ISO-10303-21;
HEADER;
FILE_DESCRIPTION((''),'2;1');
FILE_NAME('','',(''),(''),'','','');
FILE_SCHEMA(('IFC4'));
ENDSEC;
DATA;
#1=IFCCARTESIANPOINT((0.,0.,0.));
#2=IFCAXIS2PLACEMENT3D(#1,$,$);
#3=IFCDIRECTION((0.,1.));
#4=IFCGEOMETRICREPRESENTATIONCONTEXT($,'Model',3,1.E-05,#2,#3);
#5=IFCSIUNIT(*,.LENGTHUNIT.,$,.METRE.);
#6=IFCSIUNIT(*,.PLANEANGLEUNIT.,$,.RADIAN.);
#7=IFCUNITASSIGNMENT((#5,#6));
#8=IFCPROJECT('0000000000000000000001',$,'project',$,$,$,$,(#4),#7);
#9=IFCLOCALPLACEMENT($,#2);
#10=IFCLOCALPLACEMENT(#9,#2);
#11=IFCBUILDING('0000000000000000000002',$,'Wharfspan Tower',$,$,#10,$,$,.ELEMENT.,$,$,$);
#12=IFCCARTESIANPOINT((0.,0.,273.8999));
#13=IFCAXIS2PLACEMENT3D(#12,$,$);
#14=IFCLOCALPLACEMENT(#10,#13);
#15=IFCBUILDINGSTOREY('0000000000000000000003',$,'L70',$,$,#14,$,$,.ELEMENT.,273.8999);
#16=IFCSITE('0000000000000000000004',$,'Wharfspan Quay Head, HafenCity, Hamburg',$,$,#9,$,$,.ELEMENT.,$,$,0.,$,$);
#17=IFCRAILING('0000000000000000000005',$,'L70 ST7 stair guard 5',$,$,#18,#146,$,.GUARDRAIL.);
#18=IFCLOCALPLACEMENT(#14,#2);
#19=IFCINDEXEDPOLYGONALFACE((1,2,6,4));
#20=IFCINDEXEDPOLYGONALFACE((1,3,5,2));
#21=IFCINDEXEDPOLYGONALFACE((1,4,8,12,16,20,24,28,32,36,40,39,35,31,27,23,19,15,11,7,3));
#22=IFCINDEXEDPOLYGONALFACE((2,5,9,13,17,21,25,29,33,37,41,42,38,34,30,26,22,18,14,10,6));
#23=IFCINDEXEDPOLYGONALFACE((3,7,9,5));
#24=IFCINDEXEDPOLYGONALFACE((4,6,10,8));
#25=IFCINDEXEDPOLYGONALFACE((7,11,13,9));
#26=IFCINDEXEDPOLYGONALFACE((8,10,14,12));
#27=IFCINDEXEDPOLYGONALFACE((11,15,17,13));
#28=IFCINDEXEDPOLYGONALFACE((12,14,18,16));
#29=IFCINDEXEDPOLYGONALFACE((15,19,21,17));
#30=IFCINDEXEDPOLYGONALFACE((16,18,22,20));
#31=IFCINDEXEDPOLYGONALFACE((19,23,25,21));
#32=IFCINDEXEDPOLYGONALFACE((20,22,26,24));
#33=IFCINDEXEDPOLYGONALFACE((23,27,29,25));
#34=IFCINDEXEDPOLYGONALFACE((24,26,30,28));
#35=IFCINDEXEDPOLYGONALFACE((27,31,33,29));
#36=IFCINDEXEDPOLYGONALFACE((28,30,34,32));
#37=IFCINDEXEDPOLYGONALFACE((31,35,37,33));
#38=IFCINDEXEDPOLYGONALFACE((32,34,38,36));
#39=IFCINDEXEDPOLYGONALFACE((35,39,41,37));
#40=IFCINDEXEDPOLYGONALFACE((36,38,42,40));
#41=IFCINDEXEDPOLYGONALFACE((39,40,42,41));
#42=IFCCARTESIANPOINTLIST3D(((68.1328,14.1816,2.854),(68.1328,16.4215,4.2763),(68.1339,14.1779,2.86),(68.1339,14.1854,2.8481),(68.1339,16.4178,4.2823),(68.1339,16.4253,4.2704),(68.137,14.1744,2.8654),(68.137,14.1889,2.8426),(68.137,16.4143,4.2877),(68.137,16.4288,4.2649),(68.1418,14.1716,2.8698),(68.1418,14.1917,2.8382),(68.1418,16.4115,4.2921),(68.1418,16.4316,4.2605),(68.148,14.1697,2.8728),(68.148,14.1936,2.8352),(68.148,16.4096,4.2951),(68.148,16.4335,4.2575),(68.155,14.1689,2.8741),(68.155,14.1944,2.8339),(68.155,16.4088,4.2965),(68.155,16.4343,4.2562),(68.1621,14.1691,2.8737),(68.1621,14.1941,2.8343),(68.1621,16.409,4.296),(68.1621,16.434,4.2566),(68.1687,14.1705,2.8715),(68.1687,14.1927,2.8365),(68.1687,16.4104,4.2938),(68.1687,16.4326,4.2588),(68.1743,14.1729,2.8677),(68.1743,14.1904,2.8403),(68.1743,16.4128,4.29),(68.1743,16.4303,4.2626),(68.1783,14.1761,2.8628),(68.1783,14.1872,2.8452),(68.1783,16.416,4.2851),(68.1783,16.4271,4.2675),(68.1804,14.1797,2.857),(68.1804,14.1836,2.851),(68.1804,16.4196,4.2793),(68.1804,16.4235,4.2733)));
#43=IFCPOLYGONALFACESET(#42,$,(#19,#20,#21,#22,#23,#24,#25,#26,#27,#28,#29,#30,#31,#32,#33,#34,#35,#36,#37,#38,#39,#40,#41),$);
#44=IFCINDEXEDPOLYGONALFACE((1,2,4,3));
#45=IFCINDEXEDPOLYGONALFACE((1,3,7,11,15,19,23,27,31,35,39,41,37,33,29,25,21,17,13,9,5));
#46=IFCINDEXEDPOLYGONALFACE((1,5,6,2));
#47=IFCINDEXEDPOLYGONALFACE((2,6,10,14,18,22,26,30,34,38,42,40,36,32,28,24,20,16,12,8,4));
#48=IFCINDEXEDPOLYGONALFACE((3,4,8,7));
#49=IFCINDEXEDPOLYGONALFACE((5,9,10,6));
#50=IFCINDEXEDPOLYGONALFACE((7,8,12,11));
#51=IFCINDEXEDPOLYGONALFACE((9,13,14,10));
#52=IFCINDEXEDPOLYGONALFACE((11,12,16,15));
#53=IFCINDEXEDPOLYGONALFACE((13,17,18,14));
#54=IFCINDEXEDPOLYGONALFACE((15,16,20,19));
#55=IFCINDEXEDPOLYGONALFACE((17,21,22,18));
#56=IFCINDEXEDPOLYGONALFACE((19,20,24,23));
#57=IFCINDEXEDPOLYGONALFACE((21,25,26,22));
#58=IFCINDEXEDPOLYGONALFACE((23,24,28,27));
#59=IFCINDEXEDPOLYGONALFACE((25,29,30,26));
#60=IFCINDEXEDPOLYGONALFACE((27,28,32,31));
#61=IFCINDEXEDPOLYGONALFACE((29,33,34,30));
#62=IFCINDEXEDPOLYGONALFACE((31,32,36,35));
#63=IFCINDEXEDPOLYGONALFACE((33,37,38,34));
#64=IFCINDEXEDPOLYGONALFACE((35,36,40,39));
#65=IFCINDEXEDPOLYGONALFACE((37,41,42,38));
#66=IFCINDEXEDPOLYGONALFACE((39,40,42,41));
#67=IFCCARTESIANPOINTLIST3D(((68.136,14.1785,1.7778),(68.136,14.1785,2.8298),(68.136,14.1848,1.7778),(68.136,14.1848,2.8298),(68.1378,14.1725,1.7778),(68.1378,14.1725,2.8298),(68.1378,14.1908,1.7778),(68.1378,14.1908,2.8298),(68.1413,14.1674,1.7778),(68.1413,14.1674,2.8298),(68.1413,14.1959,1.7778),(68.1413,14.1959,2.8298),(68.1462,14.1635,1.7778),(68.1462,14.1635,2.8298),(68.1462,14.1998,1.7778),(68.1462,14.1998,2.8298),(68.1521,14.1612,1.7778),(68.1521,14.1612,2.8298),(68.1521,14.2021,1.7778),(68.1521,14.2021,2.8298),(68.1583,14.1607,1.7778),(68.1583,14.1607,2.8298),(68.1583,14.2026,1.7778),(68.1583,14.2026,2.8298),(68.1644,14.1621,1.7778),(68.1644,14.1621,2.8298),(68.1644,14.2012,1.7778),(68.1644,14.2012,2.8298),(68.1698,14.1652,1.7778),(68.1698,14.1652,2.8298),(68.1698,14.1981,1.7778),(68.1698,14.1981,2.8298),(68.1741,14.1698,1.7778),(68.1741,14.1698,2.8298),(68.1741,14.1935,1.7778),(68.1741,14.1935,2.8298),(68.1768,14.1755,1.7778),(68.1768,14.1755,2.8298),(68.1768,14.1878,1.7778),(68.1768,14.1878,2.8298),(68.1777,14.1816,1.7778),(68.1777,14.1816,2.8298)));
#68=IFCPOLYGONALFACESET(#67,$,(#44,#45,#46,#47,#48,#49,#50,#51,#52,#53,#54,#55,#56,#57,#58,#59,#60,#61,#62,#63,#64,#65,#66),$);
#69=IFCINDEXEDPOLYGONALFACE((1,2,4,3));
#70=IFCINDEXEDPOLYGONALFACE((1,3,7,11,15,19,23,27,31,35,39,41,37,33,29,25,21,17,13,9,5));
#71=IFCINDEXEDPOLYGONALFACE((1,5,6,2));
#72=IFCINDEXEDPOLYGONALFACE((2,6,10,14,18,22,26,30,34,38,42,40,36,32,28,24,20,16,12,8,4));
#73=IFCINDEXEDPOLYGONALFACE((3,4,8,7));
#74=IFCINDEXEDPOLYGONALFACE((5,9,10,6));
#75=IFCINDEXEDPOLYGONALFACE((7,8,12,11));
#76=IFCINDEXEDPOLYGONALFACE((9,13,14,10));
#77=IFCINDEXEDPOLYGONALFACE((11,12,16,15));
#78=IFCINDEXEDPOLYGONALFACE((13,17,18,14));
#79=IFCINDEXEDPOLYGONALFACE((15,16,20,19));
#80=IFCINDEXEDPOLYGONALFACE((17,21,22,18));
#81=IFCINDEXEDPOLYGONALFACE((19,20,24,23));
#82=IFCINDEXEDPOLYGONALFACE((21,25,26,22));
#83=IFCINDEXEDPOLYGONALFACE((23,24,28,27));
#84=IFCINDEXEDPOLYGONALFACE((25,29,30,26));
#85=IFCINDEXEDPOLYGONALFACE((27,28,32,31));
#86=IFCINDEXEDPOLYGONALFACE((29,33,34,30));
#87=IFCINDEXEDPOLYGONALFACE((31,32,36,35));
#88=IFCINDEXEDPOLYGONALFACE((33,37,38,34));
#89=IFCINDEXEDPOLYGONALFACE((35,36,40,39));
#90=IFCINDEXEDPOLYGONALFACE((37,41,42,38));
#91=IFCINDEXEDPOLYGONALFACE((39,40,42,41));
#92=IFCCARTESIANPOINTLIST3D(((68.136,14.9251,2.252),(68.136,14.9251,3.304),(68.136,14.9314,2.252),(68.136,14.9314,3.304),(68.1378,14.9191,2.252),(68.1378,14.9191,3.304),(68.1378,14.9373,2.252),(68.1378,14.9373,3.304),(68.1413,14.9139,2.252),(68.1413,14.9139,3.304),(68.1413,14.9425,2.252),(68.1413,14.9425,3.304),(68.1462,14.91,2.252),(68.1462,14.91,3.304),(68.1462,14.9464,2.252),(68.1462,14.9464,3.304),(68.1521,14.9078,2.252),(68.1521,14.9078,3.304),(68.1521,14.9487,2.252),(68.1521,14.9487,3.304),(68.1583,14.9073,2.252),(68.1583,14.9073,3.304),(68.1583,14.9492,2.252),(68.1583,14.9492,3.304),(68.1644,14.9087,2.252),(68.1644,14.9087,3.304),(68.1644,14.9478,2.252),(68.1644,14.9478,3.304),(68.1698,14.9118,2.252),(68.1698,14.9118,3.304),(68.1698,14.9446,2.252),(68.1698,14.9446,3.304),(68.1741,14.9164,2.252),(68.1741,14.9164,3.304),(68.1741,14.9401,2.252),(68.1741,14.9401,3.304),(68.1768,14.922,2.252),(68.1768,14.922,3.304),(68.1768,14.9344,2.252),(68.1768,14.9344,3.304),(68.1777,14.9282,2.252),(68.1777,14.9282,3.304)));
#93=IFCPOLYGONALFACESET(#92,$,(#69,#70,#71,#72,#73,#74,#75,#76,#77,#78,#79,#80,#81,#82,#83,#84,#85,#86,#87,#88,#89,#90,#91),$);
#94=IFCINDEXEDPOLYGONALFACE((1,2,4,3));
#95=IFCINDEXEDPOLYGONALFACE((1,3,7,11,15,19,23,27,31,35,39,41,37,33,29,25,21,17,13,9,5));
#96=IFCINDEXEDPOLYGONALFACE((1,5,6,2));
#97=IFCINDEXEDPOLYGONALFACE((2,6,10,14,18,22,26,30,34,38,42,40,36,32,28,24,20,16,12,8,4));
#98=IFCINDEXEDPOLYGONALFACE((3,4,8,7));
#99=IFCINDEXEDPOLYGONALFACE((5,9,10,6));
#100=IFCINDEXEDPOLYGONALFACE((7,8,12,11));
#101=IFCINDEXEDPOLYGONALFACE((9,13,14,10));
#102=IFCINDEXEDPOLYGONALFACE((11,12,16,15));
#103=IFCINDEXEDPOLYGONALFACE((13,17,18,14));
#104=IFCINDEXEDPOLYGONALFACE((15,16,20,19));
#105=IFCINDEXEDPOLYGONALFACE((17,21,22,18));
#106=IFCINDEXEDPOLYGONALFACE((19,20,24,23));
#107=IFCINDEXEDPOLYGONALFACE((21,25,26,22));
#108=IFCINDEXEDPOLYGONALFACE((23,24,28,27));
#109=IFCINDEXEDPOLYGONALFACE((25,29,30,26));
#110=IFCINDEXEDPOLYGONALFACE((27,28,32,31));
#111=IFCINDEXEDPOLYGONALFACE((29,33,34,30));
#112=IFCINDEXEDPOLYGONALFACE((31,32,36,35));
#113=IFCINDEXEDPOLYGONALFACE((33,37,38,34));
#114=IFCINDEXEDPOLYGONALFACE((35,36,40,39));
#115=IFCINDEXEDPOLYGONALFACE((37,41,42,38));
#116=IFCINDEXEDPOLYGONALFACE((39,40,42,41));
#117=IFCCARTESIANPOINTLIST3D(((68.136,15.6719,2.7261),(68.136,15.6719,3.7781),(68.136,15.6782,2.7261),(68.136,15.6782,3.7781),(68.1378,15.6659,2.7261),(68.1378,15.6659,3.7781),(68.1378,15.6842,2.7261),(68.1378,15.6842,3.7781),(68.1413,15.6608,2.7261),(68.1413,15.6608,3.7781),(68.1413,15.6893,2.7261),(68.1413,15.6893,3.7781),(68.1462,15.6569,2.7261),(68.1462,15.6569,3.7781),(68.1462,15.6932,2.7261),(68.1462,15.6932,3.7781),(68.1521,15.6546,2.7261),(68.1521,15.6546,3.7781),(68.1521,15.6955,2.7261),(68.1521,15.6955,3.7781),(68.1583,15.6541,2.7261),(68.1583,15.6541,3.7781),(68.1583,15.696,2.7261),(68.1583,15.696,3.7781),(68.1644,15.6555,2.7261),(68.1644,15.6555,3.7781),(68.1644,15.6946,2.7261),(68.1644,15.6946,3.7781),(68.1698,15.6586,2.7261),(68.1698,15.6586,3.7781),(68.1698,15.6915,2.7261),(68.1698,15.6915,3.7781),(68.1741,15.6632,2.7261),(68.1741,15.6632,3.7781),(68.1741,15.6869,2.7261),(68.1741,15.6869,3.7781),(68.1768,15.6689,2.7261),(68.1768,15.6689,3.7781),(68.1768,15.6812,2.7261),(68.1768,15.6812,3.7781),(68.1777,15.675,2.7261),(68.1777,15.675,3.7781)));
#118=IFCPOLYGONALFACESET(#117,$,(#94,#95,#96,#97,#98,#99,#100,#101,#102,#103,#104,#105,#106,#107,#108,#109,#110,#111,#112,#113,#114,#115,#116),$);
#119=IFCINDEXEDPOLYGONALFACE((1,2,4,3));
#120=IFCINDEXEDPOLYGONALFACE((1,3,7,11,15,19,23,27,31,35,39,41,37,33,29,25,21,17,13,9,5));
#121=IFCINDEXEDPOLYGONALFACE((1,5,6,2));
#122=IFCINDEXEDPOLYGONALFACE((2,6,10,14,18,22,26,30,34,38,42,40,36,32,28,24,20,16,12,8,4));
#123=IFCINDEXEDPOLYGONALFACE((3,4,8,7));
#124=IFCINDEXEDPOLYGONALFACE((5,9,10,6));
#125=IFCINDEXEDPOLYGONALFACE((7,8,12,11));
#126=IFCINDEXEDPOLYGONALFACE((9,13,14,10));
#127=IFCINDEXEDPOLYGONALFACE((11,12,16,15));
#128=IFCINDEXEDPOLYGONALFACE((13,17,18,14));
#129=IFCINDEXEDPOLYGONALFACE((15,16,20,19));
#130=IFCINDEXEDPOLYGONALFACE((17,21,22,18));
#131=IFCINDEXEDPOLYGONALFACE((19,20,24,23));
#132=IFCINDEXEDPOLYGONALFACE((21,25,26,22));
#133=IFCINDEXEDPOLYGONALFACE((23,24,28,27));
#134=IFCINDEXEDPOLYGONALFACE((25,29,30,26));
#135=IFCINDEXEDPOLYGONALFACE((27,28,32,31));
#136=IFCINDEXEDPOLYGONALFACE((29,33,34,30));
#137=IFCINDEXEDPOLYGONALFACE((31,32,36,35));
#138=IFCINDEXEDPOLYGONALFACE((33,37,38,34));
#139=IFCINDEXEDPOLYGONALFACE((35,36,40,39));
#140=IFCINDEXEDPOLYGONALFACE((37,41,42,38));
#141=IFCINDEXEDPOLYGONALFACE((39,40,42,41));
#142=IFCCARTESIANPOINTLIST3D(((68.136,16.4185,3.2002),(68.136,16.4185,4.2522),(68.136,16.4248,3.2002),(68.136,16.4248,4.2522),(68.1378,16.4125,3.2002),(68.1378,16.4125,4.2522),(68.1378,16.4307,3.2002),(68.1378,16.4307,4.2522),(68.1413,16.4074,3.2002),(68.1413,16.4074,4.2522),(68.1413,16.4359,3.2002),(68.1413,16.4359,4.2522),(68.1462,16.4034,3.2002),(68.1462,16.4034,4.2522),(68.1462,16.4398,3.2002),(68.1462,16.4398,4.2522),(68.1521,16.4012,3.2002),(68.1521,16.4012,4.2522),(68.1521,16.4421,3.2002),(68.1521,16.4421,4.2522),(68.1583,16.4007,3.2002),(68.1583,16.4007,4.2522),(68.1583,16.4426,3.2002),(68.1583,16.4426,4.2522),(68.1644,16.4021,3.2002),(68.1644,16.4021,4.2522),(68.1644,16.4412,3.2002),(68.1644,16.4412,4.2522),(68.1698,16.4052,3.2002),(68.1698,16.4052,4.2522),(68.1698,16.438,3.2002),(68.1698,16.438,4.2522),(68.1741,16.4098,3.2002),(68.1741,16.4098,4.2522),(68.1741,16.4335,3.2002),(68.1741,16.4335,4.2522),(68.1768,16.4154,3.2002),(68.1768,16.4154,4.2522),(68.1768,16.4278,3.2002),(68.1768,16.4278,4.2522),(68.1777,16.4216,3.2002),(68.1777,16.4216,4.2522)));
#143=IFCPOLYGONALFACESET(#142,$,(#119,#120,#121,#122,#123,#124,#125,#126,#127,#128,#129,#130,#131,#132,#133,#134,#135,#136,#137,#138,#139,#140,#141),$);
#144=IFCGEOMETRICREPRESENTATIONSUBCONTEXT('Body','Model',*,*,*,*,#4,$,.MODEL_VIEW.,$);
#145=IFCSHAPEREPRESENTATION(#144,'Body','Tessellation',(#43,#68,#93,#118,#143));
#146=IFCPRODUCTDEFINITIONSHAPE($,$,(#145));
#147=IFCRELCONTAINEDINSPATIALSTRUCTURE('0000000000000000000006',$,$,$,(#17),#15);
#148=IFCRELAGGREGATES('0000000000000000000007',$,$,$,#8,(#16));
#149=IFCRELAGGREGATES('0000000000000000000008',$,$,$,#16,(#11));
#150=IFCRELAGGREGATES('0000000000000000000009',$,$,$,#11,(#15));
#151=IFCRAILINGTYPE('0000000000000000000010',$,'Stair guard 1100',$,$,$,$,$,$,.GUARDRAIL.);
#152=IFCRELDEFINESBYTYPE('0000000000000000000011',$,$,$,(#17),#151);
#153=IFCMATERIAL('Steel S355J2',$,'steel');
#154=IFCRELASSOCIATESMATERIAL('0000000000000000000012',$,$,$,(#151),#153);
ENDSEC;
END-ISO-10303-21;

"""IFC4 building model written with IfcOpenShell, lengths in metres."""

from ifc_helpers import new_model, si_unit, direction, frame, origin, origin_2d, place, context, subcontext, project, spatial, circle, extrude, material, type_object, element, save


model = new_model("IFC4")

# Units and contexts
model_context = context("Model", 3, precision=1e-05, world=origin(), true_north=direction((0.0, 1.0)))
body_context = subcontext(model_context, "Body", "Model", "MODEL_VIEW")
ifc_project = project(units=[si_unit("LENGTHUNIT", "METRE"), si_unit("PLANEANGLEUNIT", "RADIAN")], contexts=[model_context])

# Site, building, storey
site_placement = place(None, origin())
site = spatial("IfcSite", under=ifc_project, at=site_placement, Name="Wharfspan Quay Head, HafenCity, Hamburg", CompositionType="ELEMENT", RefElevation=0.0)
building_placement = place(site_placement, origin())
building = spatial("IfcBuilding", under=site, at=building_placement, Name="Wharfspan Tower", CompositionType="ELEMENT")
storey_placement = place(building_placement, frame((0.0, 0.0, 273.8999)))
storey = spatial("IfcBuildingStorey", under=building, at=storey_placement, Name="L70", CompositionType="ELEMENT", Elevation=273.8999)

# Shared definitions
ifc_material_1 = material(Name="Steel S355J2", Category="steel")

# Railing
railing_type_1 = type_object("IfcRailingType", Name="Stair guard 1100", PredefinedType="GUARDRAIL", material=ifc_material_1)
railing_1_placement = place(storey_placement, frame((68.1567, 14.1816, 1.7778)))
element("IfcRailing", 1, at=railing_1_placement, inside=storey, type_object=railing_type_1, Name="L70 ST7 stair guard 5", PredefinedType="GUARDRAIL", context=body_context, shape_type="SweptSolid", body=[
    extrude(circle(Radius=0.0239, at=origin_2d()), frame((0.0, 0.0, 1.0762), z_axis=(0.0, 0.844188, 0.536048), x_axis=(-1.0, 0.0, 0.0)), (0.0, 0.0, 1.0), 2.6533),
    extrude(circle(Radius=0.021, at=origin_2d()), origin(), (0.0, 0.0, 1.0), 1.052),
    extrude(circle(Radius=0.021, at=origin_2d()), frame((0.0, 0.7466, 0.4741)), (0.0, 0.0, 1.0), 1.052),
    extrude(circle(Radius=0.021, at=origin_2d()), frame((0.0, 1.4934, 0.9482)), (0.0, 0.0, 1.0), 1.052),
    extrude(circle(Radius=0.021, at=origin_2d()), frame((0.0, 2.24, 1.4224)), (0.0, 0.0, 1.0), 1.052),
])

save(model, "model.ifc")
